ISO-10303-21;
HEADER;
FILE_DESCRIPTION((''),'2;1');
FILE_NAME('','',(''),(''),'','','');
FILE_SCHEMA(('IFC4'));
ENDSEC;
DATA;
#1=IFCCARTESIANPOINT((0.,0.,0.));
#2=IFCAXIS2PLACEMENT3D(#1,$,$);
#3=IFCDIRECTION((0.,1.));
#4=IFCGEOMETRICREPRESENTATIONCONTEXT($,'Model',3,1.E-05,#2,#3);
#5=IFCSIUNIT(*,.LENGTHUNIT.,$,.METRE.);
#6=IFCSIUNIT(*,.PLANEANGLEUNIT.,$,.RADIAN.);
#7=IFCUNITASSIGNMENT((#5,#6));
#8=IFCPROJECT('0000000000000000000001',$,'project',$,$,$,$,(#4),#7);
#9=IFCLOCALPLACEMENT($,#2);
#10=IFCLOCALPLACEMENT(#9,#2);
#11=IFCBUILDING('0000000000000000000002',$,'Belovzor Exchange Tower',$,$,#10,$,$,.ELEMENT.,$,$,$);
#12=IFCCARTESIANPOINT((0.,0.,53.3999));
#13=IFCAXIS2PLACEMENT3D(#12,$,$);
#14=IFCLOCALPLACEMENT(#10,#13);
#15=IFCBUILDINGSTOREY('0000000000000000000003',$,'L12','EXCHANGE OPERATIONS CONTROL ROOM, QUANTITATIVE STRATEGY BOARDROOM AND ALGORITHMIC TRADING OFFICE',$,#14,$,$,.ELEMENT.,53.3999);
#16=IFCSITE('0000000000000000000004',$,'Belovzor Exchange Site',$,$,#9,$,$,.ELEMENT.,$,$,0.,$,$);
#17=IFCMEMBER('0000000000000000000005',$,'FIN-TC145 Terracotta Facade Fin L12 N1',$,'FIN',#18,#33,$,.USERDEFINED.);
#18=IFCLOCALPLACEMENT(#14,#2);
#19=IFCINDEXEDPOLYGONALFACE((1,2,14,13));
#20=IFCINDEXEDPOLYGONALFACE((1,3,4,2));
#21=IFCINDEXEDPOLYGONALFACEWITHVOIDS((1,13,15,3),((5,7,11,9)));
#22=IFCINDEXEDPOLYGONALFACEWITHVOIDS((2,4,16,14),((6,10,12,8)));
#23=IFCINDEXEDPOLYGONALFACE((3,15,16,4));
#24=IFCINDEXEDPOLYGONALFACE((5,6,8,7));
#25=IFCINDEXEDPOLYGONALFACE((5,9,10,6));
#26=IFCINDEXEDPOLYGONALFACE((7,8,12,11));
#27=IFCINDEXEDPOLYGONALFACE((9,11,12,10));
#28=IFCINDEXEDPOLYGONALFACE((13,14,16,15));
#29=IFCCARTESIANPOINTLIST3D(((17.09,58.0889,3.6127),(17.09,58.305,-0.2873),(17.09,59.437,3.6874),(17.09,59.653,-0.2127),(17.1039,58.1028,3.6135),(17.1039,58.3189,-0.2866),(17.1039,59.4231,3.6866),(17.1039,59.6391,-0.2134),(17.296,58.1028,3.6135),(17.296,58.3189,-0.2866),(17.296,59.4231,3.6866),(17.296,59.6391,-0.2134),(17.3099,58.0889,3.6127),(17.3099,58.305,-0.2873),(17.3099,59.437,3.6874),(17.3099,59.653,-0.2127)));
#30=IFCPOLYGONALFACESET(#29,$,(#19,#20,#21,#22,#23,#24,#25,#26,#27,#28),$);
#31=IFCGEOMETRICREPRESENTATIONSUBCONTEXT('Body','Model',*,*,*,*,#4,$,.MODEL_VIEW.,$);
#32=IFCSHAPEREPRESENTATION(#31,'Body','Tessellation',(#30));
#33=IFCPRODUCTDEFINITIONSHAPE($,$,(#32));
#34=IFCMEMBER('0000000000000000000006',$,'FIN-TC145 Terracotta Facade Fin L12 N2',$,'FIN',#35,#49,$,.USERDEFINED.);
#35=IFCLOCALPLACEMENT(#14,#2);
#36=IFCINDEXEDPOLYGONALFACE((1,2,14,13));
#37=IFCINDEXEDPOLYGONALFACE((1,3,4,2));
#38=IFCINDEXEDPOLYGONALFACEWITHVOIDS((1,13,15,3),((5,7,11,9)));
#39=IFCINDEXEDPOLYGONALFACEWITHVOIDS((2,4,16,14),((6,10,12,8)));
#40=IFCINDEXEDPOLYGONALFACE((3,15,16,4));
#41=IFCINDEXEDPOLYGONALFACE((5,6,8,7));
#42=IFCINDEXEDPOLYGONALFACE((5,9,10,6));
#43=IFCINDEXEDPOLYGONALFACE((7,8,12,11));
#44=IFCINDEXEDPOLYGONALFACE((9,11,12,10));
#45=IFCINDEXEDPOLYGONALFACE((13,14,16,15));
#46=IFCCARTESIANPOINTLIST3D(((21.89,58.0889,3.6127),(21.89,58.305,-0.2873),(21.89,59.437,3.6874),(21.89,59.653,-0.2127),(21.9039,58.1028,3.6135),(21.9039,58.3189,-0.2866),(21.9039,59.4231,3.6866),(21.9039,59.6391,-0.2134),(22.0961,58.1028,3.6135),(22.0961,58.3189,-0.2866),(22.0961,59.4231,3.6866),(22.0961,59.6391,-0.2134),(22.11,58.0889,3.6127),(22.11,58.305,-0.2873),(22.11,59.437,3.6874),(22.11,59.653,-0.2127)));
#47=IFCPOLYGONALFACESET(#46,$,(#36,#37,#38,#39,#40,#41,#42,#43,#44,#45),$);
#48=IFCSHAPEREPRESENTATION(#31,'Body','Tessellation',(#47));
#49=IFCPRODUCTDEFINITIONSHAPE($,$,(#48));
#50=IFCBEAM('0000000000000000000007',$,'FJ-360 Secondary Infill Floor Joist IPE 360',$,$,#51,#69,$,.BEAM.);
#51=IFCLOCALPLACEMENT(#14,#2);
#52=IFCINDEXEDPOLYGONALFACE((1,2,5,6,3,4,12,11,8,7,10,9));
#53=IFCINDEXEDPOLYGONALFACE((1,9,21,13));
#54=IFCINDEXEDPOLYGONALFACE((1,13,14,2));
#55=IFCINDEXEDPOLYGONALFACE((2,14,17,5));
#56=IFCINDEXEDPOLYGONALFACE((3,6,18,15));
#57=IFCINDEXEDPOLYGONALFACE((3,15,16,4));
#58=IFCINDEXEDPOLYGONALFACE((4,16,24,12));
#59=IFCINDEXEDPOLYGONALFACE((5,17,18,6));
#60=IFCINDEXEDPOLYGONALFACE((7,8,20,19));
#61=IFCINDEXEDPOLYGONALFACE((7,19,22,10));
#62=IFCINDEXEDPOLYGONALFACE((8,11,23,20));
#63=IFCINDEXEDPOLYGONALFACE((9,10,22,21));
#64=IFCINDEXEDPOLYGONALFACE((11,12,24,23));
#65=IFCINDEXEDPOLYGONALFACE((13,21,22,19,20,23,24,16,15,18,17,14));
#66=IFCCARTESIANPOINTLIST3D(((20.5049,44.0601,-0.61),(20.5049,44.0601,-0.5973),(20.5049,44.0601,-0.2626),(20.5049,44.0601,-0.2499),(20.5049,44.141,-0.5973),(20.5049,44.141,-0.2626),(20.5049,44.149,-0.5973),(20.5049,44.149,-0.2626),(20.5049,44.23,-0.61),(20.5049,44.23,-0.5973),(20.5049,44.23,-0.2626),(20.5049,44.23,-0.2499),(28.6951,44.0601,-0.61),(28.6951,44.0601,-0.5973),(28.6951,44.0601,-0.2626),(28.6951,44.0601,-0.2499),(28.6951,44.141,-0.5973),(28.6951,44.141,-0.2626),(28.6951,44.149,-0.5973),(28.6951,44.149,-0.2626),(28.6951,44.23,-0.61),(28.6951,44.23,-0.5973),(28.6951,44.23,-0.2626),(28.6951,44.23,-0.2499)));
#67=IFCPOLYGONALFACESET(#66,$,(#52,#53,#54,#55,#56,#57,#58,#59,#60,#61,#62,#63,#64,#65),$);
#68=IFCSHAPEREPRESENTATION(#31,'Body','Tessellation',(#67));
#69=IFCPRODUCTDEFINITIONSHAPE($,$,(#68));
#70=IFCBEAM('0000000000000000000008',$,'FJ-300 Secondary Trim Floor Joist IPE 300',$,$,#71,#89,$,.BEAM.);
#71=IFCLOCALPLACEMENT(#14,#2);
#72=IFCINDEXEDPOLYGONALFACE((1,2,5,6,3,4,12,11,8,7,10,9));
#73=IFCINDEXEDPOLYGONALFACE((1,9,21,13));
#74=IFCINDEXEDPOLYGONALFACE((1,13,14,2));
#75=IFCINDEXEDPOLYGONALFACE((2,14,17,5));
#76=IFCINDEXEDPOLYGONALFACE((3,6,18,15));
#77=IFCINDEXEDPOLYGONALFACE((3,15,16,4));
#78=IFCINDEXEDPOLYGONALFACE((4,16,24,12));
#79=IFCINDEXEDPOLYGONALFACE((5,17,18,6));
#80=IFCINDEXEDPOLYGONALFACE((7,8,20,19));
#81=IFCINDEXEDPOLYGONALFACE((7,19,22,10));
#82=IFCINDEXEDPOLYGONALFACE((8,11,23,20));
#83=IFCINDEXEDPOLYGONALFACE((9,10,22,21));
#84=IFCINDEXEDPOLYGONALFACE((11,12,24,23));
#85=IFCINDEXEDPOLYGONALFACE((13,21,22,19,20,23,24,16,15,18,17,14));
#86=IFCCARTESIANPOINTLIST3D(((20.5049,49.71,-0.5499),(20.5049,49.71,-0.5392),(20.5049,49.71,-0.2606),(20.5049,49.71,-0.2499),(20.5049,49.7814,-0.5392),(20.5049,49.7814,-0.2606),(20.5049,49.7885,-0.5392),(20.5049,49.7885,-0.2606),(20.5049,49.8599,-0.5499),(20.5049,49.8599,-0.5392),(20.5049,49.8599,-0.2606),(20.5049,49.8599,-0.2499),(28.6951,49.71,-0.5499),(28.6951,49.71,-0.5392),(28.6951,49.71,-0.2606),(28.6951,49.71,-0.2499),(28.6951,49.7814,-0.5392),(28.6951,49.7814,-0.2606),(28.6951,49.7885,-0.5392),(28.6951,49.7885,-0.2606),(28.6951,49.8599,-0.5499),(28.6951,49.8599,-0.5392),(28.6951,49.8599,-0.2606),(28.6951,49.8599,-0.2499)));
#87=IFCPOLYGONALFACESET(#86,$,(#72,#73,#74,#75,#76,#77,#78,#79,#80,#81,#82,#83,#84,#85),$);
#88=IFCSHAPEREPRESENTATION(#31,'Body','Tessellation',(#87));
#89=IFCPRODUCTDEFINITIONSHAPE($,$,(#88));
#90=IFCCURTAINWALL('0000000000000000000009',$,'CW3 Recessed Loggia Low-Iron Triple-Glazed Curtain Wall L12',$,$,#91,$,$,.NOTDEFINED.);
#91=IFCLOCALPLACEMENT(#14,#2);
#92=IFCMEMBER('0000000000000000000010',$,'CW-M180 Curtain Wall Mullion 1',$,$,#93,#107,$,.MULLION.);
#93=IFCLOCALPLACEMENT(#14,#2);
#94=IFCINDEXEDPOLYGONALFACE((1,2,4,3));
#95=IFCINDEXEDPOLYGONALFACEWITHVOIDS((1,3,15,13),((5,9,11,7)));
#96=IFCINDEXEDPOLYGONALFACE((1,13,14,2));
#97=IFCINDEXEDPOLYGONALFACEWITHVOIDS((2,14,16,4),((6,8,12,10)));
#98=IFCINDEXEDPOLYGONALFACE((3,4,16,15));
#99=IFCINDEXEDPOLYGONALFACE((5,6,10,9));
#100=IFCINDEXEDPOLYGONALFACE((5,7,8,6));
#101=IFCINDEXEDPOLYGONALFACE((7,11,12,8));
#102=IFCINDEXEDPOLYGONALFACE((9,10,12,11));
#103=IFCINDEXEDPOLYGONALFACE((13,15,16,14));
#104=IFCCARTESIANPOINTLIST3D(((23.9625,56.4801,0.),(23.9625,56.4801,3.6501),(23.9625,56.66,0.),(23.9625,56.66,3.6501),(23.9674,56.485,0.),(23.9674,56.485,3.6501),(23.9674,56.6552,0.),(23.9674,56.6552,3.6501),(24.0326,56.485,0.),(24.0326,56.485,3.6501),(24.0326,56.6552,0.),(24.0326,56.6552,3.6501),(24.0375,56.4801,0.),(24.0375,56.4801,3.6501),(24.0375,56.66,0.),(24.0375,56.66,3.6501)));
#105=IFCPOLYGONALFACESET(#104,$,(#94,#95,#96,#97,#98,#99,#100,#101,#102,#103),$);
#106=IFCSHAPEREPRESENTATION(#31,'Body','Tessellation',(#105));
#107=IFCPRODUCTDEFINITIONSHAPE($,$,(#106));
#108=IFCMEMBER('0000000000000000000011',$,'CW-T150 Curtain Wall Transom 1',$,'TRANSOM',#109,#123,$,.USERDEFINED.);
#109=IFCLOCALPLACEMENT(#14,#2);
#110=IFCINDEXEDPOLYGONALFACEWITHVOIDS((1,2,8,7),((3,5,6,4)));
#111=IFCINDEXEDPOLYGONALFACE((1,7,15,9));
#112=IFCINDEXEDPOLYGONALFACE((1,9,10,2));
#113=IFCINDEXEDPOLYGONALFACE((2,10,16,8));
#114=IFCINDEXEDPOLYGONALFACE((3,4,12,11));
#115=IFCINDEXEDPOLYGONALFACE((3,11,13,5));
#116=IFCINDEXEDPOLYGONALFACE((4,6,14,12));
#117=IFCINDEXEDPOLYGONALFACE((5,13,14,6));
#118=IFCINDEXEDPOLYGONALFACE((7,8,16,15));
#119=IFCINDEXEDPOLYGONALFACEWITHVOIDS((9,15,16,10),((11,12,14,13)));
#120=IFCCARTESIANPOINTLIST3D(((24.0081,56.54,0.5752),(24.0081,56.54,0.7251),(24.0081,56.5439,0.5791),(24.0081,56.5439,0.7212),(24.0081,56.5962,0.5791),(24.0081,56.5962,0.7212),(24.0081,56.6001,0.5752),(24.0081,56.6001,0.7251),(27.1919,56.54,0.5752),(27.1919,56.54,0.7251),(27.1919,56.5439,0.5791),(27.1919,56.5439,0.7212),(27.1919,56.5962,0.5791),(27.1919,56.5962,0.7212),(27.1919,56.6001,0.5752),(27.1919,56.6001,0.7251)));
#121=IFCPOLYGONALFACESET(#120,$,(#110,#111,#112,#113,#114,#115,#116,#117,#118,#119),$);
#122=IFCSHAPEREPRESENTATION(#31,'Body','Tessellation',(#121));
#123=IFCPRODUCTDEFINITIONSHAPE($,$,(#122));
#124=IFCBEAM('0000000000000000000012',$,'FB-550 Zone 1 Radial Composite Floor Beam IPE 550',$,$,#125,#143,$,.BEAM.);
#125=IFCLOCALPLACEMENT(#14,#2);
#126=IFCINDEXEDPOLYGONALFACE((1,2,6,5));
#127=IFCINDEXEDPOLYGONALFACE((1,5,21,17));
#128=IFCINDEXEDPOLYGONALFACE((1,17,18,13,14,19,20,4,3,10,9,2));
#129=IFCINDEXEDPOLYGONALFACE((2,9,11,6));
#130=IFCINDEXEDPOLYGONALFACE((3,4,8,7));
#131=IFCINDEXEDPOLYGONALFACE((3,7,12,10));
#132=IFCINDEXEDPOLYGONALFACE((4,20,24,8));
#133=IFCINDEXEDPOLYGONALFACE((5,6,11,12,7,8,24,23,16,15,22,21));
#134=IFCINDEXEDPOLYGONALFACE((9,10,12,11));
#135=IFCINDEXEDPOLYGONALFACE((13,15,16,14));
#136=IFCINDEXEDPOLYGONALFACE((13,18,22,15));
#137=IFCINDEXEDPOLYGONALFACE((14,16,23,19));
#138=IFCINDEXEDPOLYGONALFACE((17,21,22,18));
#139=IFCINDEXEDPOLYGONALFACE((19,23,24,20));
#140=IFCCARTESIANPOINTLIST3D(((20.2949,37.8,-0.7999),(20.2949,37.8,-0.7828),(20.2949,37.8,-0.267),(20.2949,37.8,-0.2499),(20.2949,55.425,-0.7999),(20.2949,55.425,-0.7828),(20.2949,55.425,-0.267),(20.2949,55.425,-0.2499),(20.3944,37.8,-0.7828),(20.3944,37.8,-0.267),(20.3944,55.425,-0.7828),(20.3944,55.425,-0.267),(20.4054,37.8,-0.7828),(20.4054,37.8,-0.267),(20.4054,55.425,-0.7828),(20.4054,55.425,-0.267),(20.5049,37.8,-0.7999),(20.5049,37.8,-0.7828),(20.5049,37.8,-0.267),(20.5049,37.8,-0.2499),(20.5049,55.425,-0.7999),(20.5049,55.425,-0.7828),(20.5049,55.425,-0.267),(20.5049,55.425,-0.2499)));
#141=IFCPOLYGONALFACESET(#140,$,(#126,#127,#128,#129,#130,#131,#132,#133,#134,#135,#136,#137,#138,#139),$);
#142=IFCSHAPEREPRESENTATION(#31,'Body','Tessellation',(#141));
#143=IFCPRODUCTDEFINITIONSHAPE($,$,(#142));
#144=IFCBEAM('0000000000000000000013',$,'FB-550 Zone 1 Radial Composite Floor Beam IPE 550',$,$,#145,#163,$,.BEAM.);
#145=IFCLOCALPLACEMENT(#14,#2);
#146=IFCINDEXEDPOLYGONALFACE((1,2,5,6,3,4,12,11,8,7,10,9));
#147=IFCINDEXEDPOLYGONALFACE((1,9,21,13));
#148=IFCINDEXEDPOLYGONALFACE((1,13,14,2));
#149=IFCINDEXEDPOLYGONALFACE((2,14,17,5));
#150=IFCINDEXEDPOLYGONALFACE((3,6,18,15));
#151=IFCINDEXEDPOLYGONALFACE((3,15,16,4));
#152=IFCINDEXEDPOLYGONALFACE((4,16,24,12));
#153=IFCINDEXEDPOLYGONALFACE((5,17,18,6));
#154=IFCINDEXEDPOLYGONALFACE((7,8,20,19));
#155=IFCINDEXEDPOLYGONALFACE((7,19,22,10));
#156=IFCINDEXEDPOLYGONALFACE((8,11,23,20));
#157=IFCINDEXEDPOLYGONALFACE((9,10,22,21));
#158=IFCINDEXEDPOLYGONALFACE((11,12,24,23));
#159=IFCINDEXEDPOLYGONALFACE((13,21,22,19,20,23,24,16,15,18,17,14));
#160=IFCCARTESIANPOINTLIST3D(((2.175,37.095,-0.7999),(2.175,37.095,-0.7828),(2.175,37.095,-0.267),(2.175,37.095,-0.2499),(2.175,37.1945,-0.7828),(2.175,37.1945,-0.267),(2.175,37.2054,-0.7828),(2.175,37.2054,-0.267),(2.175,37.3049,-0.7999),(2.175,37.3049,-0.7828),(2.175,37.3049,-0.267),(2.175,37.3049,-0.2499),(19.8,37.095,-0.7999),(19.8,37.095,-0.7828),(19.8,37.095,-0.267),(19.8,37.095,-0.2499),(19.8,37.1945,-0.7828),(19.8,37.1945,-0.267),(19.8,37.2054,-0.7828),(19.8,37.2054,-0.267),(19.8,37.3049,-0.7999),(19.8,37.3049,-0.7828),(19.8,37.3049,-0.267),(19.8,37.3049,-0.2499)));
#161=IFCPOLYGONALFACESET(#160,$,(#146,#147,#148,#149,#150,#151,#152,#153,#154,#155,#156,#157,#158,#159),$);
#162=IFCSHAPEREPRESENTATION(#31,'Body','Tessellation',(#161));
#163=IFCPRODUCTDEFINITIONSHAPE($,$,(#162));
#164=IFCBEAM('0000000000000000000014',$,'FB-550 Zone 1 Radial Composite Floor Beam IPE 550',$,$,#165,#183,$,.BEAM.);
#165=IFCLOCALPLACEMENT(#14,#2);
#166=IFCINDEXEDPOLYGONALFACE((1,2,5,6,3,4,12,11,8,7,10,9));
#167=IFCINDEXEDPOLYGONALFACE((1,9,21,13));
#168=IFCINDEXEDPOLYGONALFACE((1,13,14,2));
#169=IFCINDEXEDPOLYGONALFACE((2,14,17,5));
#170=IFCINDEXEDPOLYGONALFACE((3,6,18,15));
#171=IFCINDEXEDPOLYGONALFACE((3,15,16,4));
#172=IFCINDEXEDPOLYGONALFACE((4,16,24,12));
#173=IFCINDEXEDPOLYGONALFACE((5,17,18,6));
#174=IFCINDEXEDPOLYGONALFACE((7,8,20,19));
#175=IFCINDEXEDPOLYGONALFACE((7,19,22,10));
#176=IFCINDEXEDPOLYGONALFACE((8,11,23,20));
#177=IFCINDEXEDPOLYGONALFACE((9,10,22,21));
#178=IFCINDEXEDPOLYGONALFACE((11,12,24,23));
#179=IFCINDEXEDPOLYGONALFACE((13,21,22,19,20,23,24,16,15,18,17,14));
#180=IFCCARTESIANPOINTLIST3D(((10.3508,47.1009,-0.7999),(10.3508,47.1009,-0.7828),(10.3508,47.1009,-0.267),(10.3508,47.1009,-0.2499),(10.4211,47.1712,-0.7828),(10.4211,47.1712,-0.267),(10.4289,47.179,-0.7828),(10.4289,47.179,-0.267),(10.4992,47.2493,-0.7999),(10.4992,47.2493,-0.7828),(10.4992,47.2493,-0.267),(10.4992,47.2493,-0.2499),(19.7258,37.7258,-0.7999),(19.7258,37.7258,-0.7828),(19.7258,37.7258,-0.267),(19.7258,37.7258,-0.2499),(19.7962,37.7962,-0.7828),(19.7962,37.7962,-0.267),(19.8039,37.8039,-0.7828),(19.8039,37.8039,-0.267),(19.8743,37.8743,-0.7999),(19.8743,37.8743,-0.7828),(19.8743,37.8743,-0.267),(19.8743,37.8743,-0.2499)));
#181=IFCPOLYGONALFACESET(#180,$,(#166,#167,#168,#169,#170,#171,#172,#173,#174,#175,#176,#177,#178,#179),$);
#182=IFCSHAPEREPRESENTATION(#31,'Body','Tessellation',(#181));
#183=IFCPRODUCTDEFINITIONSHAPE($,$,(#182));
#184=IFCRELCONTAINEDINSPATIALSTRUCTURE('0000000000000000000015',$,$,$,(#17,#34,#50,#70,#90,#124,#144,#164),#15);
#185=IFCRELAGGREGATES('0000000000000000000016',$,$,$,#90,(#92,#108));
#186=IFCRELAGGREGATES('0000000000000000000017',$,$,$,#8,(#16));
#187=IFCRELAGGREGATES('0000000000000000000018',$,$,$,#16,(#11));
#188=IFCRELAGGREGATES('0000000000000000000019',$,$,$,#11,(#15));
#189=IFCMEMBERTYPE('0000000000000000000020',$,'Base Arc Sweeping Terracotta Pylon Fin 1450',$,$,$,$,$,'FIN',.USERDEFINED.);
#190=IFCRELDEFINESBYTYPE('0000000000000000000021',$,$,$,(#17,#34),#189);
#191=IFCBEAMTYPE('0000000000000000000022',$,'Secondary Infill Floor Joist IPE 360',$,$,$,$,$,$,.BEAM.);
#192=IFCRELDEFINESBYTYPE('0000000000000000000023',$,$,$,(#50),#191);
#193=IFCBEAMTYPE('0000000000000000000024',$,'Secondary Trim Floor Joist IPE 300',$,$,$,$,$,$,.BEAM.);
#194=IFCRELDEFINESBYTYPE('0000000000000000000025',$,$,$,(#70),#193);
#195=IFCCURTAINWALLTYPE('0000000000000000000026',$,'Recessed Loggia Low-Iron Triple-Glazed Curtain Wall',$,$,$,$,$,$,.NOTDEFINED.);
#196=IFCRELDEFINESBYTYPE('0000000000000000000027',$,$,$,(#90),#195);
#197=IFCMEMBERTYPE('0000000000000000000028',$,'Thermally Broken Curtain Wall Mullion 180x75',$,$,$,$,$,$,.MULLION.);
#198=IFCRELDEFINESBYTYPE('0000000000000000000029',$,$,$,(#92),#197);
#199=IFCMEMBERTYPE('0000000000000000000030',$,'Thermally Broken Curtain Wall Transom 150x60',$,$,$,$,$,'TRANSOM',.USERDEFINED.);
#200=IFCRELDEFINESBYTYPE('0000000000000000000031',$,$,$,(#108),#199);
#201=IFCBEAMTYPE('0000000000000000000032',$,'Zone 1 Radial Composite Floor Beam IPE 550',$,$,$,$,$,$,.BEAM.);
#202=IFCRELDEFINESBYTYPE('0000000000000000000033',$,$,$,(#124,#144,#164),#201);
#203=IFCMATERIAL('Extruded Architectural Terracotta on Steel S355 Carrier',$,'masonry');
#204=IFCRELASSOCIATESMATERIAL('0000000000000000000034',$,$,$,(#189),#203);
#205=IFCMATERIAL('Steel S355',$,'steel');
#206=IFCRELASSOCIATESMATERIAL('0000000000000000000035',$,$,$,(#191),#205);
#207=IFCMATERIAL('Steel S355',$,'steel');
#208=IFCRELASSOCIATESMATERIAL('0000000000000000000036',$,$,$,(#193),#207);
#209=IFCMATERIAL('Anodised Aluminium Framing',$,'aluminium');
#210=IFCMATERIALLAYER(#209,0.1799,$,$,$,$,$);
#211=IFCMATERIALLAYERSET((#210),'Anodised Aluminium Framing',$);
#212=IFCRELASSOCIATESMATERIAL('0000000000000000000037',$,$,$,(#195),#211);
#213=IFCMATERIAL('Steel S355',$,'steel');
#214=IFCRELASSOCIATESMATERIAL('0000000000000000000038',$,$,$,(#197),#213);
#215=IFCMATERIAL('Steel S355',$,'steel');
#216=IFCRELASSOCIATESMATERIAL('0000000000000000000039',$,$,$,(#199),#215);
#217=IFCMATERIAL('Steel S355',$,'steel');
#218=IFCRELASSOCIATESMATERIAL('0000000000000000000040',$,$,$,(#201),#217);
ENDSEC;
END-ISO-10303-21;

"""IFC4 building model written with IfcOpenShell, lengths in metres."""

from ifc_helpers import new_model, si_unit, direction, frame, origin, origin_2d, place, context, subcontext, project, spatial, hollow_rectangle, i_section, extrude, material, layer, layer_set, material_profile, profile_set, type_object, element, aggregate, save


model = new_model("IFC4")

# Units and contexts
model_context = context("Model", 3, precision=1e-05, world=origin(), true_north=direction((0.0, 1.0)))
body_context = subcontext(model_context, "Body", "Model", "MODEL_VIEW")
ifc_project = project(units=[si_unit("LENGTHUNIT", "METRE"), si_unit("PLANEANGLEUNIT", "RADIAN")], contexts=[model_context])

# Site, building, storey
site_placement = place(None, origin())
site = spatial("IfcSite", under=ifc_project, at=site_placement, Name="Belovzor Exchange Site", CompositionType="ELEMENT", RefElevation=0.0)
building_placement = place(site_placement, origin())
building = spatial("IfcBuilding", under=site, at=building_placement, Name="Belovzor Exchange Tower", CompositionType="ELEMENT")
storey_placement = place(building_placement, frame((0.0, 0.0, 53.3999)))
storey = spatial("IfcBuildingStorey", under=building, at=storey_placement, Name="L12", Description="EXCHANGE OPERATIONS CONTROL ROOM, QUANTITATIVE STRATEGY BOARDROOM AND ALGORITHMIC TRADING OFFICE", CompositionType="ELEMENT", Elevation=53.3999)

# Members
ifc_material_1 = material(Name="Extruded Architectural Terracotta on Steel S355 Carrier", Category="masonry")
ifc_material_profile_1 = material_profile(ifc_material_1, hollow_rectangle(XDim=0.22, YDim=1.3501, WallThickness=0.0139, at=origin_2d()))
ifc_profile_set_1 = profile_set([ifc_material_profile_1], Name="Extruded Architectural Terracotta on Steel S355 Carrier")
member_type_1 = type_object("IfcMemberType", Name="Base Arc Sweeping Terracotta Pylon Fin 1450", ElementType="FIN", PredefinedType="USERDEFINED", material=ifc_profile_set_1)
for number, where, z_axis, x_axis, name in (
    (1, (17.2, 58.979, -0.25), (0.0, -0.055314, 0.998469), (1.0, 0.0, 0.0), "FIN-TC145 Terracotta Facade Fin L12 N1"),
    (2, (22.0, 58.979, -0.25), (0.0, -0.055314, 0.998469), (1.0, 0.0, 0.0), "FIN-TC145 Terracotta Facade Fin L12 N2"),
):
    element("IfcMember", number, at=place(storey_placement, frame(where, z_axis=z_axis, x_axis=x_axis)), inside=storey, type_object=member_type_1, Name=name, ObjectType="FIN", PredefinedType="USERDEFINED", context=body_context, shape_type="SweptSolid", body=[
        extrude(hollow_rectangle(XDim=0.22, YDim=1.3501, WallThickness=0.0139, at=origin_2d()), origin(), (0.0, 0.0, 1.0), 3.906),
    ])

# Beams
ifc_material_2 = material(Name="Steel S355", Category="steel")
ifc_material_profile_2 = material_profile(ifc_material_2, i_section(OverallWidth=0.1699, OverallDepth=0.3601, WebThickness=0.0081, FlangeThickness=0.0127, at=origin_2d()))
ifc_profile_set_2 = profile_set([ifc_material_profile_2], Name="Steel S355")
beam_type_1 = type_object("IfcBeamType", Name="Secondary Infill Floor Joist IPE 360", PredefinedType="BEAM", material=ifc_profile_set_2)
beam_1_placement = place(storey_placement, frame((20.5049, 44.145, -0.4299), z_axis=(1.0, 0.0, 0.0), x_axis=(0.0, 1.0, 0.0)))
element("IfcBeam", 3, at=beam_1_placement, inside=storey, type_object=beam_type_1, Name="FJ-360 Secondary Infill Floor Joist IPE 360", PredefinedType="BEAM", context=body_context, shape_type="SweptSolid", body=[
    extrude(i_section(OverallWidth=0.1699, OverallDepth=0.3601, WebThickness=0.0081, FlangeThickness=0.0127, at=origin_2d()), origin(), (0.0, 0.0, 1.0), 8.1902),
])
ifc_material_3 = material(Name="Steel S355", Category="steel")
ifc_material_profile_3 = material_profile(ifc_material_3, i_section(OverallWidth=0.1499, OverallDepth=0.3, WebThickness=0.0071, FlangeThickness=0.0107, at=origin_2d()))
ifc_profile_set_3 = profile_set([ifc_material_profile_3], Name="Steel S355")
beam_type_2 = type_object("IfcBeamType", Name="Secondary Trim Floor Joist IPE 300", PredefinedType="BEAM", material=ifc_profile_set_3)
beam_2_placement = place(storey_placement, frame((20.5049, 49.7849, -0.3999), z_axis=(1.0, 0.0, 0.0), x_axis=(0.0, 1.0, 0.0)))
element("IfcBeam", 4, at=beam_2_placement, inside=storey, type_object=beam_type_2, Name="FJ-300 Secondary Trim Floor Joist IPE 300", PredefinedType="BEAM", context=body_context, shape_type="SweptSolid", body=[
    extrude(i_section(OverallWidth=0.1499, OverallDepth=0.3, WebThickness=0.0071, FlangeThickness=0.0107, at=origin_2d()), origin(), (0.0, 0.0, 1.0), 8.1902),
])

# Curtain wall, members
ifc_material_4 = material(Name="Anodised Aluminium Framing", Category="aluminium")
ifc_layer_1 = layer(ifc_material_4, 0.1799)
ifc_layer_set_1 = layer_set([ifc_layer_1], Name="Anodised Aluminium Framing")
curtain_wall_type = type_object("IfcCurtainWallType", Name="Recessed Loggia Low-Iron Triple-Glazed Curtain Wall", PredefinedType="NOTDEFINED", material=ifc_layer_set_1)
curtain_wall_placement = place(storey_placement, origin())
curtain_wall = element("IfcCurtainWall", 5, at=curtain_wall_placement, inside=storey, type_object=curtain_wall_type, Name="CW3 Recessed Loggia Low-Iron Triple-Glazed Curtain Wall L12", PredefinedType="NOTDEFINED")
ifc_material_5 = material(Name="Steel S355", Category="steel")
ifc_material_profile_4 = material_profile(ifc_material_5, hollow_rectangle(XDim=0.075, YDim=0.1799, WallThickness=0.0049, at=origin_2d()))
ifc_profile_set_4 = profile_set([ifc_material_profile_4], Name="Steel S355")
member_type_2 = type_object("IfcMemberType", Name="Thermally Broken Curtain Wall Mullion 180x75", PredefinedType="MULLION", material=ifc_profile_set_4)
member_1_placement = place(storey_placement, frame((24.0, 56.5701, 0.0), z_axis=(0.0, 0.0, 1.0), x_axis=(1.0, 0.0, 0.0)))
member_1 = element("IfcMember", 6, at=member_1_placement, type_object=member_type_2, Name="CW-M180 Curtain Wall Mullion 1", PredefinedType="MULLION", context=body_context, shape_type="SweptSolid", body=[
    extrude(hollow_rectangle(XDim=0.075, YDim=0.1799, WallThickness=0.0049, at=origin_2d()), origin(), (0.0, 0.0, 1.0), 3.6501),
])
ifc_material_6 = material(Name="Steel S355", Category="steel")
ifc_material_profile_5 = material_profile(ifc_material_6, hollow_rectangle(XDim=0.0601, YDim=0.1499, WallThickness=0.0039, at=origin_2d()))
ifc_profile_set_5 = profile_set([ifc_material_profile_5], Name="Steel S355")
member_type_3 = type_object("IfcMemberType", Name="Thermally Broken Curtain Wall Transom 150x60", ElementType="TRANSOM", PredefinedType="USERDEFINED", material=ifc_profile_set_5)
member_2_placement = place(storey_placement, frame((24.0081, 56.5701, 0.6501), z_axis=(1.0, 0.0, 0.0), x_axis=(0.0, 1.0, 0.0)))
member_2 = element("IfcMember", 7, at=member_2_placement, type_object=member_type_3, Name="CW-T150 Curtain Wall Transom 1", ObjectType="TRANSOM", PredefinedType="USERDEFINED", context=body_context, shape_type="SweptSolid", body=[
    extrude(hollow_rectangle(XDim=0.0601, YDim=0.1499, WallThickness=0.0039, at=origin_2d()), origin(), (0.0, 0.0, 1.0), 3.1838),
])

# Beams
ifc_material_7 = material(Name="Steel S355", Category="steel")
ifc_material_profile_6 = material_profile(ifc_material_7, i_section(OverallWidth=0.21, OverallDepth=0.55, WebThickness=0.011, FlangeThickness=0.0171, at=origin_2d()))
ifc_profile_set_6 = profile_set([ifc_material_profile_6], Name="Steel S355")
beam_type_3 = type_object("IfcBeamType", Name="Zone 1 Radial Composite Floor Beam IPE 550", PredefinedType="BEAM", material=ifc_profile_set_6)
for number, where, z_axis, x_axis, name in (
    (8, (20.3999, 37.8, -0.5249), (0.0, 1.0, 0.0), (-1.0, 0.0, 0.0), "FB-550 Zone 1 Radial Composite Floor Beam IPE 550"),
    (9, (19.8, 37.2, -0.5249), (-1.0, 0.0, 0.0), (0.0, -1.0, 0.0), "FB-550 Zone 1 Radial Composite Floor Beam IPE 550"),
):
    element("IfcBeam", number, at=place(storey_placement, frame(where, z_axis=z_axis, x_axis=x_axis)), inside=storey, type_object=beam_type_3, Name=name, PredefinedType="BEAM", context=body_context, shape_type="SweptSolid", body=[
        extrude(i_section(OverallWidth=0.21, OverallDepth=0.55, WebThickness=0.011, FlangeThickness=0.0171, at=origin_2d()), origin(), (0.0, 0.0, 1.0), 17.625),
    ])
beam_3_placement = place(storey_placement, frame((19.8, 37.8, -0.5249), z_axis=(-0.707107, 0.707107, 0.0), x_axis=(-0.707107, -0.707107, 0.0)))
element("IfcBeam", 10, at=beam_3_placement, inside=storey, type_object=beam_type_3, Name="FB-550 Zone 1 Radial Composite Floor Beam IPE 550", PredefinedType="BEAM", context=body_context, shape_type="SweptSolid", body=[
    extrude(i_section(OverallWidth=0.21, OverallDepth=0.55, WebThickness=0.011, FlangeThickness=0.0171, at=origin_2d()), origin(), (0.0, 0.0, 1.0), 13.2583),
])

aggregate(curtain_wall, [member_1, member_2])

save(model, "model.ifc")
